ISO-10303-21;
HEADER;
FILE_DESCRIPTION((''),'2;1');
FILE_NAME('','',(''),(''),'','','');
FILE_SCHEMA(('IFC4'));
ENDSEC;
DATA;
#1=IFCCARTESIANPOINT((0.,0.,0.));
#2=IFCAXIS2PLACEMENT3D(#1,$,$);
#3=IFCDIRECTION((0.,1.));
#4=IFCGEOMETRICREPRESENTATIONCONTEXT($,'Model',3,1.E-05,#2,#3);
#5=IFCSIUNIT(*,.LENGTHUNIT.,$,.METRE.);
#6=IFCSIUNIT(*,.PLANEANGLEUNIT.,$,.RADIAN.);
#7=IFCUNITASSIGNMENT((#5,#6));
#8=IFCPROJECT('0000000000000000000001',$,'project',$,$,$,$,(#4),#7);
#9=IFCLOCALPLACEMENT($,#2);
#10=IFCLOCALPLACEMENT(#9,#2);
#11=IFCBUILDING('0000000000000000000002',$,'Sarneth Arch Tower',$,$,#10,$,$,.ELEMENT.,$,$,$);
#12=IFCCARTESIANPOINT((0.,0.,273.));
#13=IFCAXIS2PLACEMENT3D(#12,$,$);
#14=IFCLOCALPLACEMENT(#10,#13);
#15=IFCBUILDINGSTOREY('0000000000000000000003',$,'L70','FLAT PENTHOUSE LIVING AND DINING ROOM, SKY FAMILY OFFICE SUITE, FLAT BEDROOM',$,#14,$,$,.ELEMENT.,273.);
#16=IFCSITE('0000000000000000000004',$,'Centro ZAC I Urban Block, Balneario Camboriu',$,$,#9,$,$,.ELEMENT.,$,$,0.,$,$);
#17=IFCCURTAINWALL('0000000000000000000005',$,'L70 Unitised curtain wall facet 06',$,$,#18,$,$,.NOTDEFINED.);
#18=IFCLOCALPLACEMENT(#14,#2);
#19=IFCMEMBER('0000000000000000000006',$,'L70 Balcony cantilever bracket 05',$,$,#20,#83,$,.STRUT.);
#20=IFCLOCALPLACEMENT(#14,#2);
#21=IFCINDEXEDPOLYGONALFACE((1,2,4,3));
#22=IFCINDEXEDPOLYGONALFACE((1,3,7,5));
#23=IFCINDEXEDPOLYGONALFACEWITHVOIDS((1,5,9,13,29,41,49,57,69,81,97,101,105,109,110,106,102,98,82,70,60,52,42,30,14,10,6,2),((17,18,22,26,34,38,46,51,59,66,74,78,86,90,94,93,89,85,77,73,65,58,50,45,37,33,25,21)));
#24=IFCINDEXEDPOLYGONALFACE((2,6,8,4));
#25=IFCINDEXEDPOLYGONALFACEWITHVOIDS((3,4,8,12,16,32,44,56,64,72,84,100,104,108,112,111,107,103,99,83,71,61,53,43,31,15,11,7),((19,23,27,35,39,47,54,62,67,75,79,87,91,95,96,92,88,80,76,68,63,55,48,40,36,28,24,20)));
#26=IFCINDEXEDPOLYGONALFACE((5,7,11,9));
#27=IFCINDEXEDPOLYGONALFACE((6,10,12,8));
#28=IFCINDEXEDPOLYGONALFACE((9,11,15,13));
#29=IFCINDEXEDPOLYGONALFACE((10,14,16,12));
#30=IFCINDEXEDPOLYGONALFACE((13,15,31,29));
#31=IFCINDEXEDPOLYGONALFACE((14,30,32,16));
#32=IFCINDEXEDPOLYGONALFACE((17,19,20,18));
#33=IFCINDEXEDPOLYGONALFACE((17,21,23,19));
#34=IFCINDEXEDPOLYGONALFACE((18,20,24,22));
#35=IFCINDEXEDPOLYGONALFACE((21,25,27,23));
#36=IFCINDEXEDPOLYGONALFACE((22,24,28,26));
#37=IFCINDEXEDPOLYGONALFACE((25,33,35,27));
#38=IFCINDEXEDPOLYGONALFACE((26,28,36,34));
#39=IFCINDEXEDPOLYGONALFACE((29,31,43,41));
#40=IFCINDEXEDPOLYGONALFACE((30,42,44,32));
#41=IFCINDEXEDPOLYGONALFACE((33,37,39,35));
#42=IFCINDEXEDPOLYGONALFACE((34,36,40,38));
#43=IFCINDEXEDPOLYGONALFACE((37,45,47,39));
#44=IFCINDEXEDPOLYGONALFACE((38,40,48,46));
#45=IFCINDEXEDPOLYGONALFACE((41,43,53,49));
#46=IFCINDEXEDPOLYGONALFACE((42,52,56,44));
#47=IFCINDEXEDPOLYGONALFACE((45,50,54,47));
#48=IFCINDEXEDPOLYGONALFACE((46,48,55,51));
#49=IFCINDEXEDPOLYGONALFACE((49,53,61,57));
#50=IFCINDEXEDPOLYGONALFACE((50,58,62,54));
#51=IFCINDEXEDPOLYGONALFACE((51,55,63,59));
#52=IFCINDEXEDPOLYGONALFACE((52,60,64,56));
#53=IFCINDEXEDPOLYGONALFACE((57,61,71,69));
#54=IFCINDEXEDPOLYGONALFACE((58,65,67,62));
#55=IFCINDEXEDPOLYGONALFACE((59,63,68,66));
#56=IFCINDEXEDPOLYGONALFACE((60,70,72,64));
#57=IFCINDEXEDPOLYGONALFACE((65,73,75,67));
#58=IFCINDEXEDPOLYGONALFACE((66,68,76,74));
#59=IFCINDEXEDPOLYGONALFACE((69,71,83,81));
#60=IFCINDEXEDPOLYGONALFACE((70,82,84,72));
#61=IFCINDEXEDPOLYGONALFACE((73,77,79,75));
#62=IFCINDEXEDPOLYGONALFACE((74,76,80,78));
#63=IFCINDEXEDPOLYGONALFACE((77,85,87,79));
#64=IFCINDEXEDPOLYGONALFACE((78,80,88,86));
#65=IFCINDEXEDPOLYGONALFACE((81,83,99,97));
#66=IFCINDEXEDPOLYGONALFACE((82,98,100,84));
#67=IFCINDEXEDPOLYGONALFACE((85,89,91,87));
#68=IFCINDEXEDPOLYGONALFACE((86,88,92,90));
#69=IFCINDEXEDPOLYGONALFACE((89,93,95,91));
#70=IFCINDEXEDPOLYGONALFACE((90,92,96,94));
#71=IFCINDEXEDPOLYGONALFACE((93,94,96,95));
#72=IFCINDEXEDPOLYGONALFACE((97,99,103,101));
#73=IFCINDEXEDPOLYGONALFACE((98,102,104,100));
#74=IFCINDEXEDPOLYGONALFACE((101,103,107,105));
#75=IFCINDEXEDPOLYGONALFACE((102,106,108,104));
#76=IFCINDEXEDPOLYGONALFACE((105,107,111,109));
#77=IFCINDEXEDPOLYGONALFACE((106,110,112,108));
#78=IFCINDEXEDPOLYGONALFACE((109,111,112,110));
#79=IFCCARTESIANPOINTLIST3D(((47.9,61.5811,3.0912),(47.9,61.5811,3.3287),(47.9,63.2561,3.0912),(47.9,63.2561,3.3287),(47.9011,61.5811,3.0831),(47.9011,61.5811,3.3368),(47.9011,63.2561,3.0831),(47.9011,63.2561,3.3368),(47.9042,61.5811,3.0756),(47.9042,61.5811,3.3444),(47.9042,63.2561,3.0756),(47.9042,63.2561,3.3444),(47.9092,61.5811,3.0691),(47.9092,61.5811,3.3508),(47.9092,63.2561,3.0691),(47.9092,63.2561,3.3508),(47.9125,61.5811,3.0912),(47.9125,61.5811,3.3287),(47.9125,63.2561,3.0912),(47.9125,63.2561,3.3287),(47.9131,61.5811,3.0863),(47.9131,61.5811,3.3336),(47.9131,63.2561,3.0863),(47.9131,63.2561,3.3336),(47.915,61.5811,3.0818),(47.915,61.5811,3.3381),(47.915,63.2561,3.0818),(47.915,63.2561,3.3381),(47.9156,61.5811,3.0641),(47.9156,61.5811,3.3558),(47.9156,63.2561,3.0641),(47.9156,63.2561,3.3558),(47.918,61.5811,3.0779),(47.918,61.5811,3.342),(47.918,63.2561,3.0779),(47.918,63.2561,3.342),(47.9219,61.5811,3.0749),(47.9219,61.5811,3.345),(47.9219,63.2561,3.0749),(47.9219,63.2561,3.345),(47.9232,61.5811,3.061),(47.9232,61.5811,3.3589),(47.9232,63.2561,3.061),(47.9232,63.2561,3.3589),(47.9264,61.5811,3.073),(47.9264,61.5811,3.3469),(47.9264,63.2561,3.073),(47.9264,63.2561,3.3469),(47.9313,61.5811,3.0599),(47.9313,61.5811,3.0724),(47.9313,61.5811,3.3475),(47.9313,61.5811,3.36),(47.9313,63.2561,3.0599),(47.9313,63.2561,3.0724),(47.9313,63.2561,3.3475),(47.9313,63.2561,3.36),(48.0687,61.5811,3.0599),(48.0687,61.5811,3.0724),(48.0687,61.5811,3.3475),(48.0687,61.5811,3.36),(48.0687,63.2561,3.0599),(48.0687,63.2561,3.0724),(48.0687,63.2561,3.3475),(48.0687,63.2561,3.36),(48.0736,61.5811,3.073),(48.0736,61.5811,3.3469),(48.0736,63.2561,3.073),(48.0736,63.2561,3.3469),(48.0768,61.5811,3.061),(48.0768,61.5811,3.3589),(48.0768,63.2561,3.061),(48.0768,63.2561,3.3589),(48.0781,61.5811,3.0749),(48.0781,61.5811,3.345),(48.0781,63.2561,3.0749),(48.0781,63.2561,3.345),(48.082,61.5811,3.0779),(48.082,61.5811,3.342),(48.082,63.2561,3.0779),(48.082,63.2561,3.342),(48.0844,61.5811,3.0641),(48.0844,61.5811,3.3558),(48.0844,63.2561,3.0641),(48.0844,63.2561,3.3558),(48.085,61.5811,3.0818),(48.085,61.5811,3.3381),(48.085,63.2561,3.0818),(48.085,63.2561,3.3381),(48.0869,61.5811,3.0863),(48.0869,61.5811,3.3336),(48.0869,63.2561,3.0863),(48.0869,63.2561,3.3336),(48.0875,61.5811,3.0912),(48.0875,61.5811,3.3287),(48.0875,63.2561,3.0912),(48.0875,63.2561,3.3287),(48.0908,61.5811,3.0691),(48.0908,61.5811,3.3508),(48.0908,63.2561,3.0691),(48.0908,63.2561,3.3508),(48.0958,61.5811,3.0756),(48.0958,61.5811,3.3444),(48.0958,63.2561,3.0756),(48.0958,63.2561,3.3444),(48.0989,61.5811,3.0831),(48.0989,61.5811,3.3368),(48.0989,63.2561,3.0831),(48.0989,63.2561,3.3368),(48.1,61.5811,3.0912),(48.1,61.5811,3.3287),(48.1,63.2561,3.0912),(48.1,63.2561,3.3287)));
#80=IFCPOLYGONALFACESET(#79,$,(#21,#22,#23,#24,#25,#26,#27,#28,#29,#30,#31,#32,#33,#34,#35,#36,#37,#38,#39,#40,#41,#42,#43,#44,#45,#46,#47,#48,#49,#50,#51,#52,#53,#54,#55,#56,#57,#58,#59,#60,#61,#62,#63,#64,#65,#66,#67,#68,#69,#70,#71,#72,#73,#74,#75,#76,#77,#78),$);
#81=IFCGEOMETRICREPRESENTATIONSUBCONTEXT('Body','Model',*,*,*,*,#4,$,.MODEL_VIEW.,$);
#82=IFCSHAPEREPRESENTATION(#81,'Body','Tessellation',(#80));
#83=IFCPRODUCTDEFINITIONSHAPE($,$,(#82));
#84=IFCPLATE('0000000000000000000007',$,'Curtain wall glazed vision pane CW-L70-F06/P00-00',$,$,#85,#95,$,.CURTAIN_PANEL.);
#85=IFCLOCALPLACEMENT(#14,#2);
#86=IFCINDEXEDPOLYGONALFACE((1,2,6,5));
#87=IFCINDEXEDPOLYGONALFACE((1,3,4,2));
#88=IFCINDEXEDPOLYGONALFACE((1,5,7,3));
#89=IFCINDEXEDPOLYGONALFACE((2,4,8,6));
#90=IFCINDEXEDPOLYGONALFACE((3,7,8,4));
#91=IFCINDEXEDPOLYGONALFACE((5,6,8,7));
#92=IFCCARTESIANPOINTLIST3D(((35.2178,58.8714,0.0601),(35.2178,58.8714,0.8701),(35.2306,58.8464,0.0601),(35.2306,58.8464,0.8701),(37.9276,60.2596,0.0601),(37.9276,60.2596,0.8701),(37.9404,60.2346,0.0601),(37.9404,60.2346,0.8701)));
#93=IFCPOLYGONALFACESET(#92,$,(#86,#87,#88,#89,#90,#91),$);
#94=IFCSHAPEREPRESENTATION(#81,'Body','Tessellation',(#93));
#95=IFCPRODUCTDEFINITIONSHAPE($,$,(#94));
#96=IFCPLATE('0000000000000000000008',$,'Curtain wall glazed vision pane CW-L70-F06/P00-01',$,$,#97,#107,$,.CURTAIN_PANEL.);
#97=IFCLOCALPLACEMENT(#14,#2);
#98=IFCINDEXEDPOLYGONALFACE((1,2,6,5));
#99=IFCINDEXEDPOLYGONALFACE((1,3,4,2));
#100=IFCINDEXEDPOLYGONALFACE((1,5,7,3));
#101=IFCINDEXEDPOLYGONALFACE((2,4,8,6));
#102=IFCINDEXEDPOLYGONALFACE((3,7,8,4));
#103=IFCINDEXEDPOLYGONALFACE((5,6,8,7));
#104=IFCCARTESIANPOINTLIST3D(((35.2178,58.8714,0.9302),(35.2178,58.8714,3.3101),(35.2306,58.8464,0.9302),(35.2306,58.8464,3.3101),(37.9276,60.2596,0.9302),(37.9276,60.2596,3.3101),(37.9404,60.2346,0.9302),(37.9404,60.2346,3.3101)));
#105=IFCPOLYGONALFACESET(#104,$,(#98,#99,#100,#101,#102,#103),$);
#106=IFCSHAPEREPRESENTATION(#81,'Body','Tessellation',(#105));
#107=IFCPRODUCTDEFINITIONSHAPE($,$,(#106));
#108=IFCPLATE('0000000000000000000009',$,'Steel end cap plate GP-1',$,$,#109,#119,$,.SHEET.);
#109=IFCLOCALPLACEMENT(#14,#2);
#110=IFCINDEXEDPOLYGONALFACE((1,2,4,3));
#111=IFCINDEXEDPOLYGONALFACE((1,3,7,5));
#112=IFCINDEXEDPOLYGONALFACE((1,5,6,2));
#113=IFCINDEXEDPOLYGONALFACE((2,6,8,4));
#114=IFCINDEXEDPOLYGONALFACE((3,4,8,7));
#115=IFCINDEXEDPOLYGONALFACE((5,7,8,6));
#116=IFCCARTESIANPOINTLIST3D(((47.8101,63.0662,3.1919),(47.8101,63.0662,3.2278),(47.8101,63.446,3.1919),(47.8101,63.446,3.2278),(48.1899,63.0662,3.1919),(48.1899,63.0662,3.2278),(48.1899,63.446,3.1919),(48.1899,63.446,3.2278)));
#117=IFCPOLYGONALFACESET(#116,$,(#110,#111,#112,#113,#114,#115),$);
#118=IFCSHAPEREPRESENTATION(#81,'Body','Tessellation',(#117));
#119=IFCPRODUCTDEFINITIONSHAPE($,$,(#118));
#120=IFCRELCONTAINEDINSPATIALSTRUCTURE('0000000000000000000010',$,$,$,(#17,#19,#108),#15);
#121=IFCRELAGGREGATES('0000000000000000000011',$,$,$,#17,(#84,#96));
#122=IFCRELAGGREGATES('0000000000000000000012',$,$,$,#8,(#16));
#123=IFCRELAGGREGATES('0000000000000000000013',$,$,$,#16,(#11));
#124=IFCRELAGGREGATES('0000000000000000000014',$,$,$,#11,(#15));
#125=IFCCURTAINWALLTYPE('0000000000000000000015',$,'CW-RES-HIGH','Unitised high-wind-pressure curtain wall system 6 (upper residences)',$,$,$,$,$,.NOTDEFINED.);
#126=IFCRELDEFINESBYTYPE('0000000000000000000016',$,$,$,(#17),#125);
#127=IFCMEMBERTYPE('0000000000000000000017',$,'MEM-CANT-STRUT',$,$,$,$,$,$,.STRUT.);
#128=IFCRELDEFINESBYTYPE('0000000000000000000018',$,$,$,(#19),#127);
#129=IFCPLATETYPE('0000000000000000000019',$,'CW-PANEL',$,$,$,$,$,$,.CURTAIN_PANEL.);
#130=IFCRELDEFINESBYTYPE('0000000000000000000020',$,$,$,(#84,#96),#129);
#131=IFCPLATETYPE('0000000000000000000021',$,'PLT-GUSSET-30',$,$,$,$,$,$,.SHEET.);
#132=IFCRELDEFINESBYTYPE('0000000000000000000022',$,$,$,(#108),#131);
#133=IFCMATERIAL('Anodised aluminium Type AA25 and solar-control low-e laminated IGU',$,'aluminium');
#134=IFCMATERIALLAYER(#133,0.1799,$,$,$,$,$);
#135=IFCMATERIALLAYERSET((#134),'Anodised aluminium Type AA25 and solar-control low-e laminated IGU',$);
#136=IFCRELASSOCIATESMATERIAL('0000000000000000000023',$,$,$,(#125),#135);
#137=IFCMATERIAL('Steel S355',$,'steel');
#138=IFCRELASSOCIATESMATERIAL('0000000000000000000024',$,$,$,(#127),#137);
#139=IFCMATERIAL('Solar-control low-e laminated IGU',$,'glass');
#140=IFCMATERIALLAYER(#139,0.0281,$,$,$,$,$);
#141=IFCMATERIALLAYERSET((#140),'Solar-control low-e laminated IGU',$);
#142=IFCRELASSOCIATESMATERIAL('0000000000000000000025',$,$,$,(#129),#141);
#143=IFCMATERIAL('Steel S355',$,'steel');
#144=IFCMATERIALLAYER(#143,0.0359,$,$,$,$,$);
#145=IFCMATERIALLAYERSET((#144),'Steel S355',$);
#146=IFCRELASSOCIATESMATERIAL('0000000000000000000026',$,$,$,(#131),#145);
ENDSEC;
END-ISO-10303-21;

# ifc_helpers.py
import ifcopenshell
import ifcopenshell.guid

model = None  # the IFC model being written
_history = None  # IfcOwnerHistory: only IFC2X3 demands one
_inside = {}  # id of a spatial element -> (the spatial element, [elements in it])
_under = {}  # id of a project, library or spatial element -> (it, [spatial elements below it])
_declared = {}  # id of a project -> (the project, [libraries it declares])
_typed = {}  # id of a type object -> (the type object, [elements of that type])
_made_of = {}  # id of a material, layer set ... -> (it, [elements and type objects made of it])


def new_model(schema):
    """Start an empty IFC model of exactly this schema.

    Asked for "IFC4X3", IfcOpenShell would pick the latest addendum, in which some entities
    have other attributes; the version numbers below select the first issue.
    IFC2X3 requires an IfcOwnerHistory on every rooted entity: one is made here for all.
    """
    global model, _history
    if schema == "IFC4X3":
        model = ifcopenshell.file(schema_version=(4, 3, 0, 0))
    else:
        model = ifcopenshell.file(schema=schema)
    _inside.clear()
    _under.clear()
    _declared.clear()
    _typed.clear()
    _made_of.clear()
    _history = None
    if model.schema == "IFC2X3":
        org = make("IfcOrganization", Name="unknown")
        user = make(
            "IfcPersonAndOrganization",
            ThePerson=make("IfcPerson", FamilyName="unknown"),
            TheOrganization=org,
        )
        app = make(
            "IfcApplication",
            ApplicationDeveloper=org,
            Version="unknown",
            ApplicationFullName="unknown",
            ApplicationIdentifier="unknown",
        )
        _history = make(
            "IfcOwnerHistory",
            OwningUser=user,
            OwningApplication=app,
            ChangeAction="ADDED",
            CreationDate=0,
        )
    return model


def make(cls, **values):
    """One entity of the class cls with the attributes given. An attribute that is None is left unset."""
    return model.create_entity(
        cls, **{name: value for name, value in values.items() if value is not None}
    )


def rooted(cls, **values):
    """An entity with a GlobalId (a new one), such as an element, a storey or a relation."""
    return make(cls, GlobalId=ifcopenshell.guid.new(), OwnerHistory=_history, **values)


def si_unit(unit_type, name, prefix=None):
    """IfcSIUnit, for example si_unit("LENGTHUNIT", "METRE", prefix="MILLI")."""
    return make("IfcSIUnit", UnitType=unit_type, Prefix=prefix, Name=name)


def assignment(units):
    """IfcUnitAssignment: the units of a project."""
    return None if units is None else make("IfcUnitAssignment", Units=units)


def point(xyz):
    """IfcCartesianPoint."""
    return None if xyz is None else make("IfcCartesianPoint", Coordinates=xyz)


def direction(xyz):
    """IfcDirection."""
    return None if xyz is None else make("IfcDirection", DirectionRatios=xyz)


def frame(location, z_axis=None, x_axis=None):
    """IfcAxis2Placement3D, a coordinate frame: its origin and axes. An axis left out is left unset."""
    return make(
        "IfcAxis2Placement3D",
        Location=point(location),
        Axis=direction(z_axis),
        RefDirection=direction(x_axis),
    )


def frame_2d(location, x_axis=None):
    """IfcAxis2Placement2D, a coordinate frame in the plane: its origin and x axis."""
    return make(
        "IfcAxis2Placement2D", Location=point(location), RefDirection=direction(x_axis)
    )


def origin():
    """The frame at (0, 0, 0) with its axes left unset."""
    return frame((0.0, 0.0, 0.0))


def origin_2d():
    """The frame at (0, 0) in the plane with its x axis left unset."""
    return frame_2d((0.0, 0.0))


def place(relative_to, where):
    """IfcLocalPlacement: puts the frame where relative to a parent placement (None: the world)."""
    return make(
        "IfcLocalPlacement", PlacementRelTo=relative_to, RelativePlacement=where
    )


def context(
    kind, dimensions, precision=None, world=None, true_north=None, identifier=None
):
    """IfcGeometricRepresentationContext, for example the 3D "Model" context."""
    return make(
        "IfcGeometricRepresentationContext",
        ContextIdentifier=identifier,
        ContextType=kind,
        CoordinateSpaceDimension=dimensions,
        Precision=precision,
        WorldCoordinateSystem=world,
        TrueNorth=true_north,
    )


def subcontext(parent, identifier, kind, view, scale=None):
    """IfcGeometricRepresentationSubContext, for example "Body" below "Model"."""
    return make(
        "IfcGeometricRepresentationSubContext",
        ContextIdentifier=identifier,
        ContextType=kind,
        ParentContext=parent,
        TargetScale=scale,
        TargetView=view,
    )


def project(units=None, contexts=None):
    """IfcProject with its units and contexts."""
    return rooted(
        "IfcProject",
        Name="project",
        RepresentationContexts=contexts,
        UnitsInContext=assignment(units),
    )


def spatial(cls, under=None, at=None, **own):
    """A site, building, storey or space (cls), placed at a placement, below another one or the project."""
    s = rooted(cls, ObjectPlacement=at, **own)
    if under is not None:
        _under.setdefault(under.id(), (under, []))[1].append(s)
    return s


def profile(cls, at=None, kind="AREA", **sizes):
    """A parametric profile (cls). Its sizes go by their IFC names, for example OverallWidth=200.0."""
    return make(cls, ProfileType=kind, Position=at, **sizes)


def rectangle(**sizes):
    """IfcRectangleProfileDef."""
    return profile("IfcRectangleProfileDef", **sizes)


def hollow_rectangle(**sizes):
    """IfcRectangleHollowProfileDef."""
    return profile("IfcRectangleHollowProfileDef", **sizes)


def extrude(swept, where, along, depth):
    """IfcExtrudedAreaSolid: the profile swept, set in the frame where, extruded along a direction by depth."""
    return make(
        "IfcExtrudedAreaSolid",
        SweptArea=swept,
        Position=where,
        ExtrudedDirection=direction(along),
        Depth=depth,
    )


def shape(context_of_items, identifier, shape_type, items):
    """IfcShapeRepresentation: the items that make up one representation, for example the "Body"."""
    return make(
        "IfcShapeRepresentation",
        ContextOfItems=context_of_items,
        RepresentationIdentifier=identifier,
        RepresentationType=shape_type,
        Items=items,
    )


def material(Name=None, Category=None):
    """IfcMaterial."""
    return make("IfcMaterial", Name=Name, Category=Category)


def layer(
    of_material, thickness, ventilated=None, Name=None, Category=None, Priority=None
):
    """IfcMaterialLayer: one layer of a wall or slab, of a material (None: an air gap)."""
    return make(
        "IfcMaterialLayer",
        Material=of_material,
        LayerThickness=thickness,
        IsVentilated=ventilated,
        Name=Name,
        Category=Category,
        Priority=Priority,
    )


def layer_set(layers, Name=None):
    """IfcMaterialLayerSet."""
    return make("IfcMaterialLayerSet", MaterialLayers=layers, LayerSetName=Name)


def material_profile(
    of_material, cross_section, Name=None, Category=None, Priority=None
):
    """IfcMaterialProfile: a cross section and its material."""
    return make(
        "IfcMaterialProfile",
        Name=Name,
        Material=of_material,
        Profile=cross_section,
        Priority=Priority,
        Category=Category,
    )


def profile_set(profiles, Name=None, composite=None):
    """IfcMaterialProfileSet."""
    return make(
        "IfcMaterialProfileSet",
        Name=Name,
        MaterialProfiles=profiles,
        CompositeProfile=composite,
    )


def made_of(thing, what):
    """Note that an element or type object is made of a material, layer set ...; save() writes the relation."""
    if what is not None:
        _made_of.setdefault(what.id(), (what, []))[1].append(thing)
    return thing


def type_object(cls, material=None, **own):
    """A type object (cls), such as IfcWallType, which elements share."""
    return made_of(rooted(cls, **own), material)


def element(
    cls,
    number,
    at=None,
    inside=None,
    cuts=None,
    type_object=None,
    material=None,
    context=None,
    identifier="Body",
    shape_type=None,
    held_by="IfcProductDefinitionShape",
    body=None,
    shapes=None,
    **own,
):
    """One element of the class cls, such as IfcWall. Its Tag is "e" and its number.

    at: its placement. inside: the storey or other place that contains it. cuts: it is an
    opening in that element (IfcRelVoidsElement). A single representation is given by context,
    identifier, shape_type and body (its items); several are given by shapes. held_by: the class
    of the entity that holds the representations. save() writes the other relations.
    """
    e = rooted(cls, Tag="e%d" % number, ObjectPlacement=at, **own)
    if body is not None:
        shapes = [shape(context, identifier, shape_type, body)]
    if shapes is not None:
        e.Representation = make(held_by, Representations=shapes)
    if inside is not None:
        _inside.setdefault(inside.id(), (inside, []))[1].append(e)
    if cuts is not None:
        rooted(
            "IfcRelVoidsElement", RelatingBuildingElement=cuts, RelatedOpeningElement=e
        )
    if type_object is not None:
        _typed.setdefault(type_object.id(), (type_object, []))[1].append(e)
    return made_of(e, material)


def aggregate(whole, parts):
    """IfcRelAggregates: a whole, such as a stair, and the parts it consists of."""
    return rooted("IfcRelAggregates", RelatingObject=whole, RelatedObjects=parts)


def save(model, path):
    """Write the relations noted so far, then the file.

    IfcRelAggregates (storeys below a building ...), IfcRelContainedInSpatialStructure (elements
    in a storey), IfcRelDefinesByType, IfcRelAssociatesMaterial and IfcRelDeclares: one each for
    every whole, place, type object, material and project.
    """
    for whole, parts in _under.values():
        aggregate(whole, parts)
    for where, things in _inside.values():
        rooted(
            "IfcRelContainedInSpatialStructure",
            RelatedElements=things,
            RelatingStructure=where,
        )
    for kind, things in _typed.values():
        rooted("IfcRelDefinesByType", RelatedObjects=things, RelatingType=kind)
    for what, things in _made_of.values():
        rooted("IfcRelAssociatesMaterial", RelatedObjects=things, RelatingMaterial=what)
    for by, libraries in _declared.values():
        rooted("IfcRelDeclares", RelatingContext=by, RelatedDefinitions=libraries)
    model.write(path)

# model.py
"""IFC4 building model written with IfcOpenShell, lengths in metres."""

from ifc_helpers import new_model, si_unit, direction, frame, origin, origin_2d, place, context, subcontext, project, spatial, rectangle, hollow_rectangle, extrude, material, layer, layer_set, material_profile, profile_set, type_object, element, aggregate, save


model = new_model("IFC4")

# Units and contexts
model_context = context("Model", 3, precision=1e-05, world=origin(), true_north=direction((0.0, 1.0)))
body_context = subcontext(model_context, "Body", "Model", "MODEL_VIEW")
ifc_project = project(units=[si_unit("LENGTHUNIT", "METRE"), si_unit("PLANEANGLEUNIT", "RADIAN")], contexts=[model_context])

# Site, building, storey
site_placement = place(None, origin())
site = spatial("IfcSite", under=ifc_project, at=site_placement, Name="Centro ZAC I Urban Block, Balneario Camboriu", CompositionType="ELEMENT", RefElevation=0.0)
building_placement = place(site_placement, origin())
building = spatial("IfcBuilding", under=site, at=building_placement, Name="Sarneth Arch Tower", CompositionType="ELEMENT")
storey_placement = place(building_placement, frame((0.0, 0.0, 273.0)))
storey = spatial("IfcBuildingStorey", under=building, at=storey_placement, Name="L70", Description="FLAT PENTHOUSE LIVING AND DINING ROOM, SKY FAMILY OFFICE SUITE, FLAT BEDROOM", CompositionType="ELEMENT", Elevation=273.0)

# Curtain wall
ifc_material_1 = material(Name="Anodised aluminium Type AA25 and solar-control low-e laminated IGU", Category="aluminium")
ifc_layer_1 = layer(ifc_material_1, 0.1799)
ifc_layer_set_1 = layer_set([ifc_layer_1], Name="Anodised aluminium Type AA25 and solar-control low-e laminated IGU")
curtain_wall_type = type_object("IfcCurtainWallType", Name="CW-RES-HIGH", Description="Unitised high-wind-pressure curtain wall system 6 (upper residences)", PredefinedType="NOTDEFINED", material=ifc_layer_set_1)
curtain_wall_placement = place(storey_placement, origin())
curtain_wall = element("IfcCurtainWall", 1, at=curtain_wall_placement, inside=storey, type_object=curtain_wall_type, Name="L70 Unitised curtain wall facet 06", PredefinedType="NOTDEFINED")

# Member
ifc_material_2 = material(Name="Steel S355", Category="steel")
ifc_material_profile_1 = material_profile(ifc_material_2, hollow_rectangle(XDim=0.2, YDim=0.3, WallThickness=0.0125, InnerFilletRadius=0.0188, OuterFilletRadius=0.0312, at=origin_2d()), Name="RHS300x200x12.5")
ifc_profile_set_1 = profile_set([ifc_material_profile_1], Name="Steel S355")
member_type_1 = type_object("IfcMemberType", Name="MEM-CANT-STRUT", PredefinedType="STRUT", material=ifc_profile_set_1)
member_1_placement = place(storey_placement, frame((48.0, 61.5811, 3.21), z_axis=(0.0, 1.0, 0.0), x_axis=(-1.0, 0.0, 0.0)))
element("IfcMember", 2, at=member_1_placement, inside=storey, type_object=member_type_1, Name="L70 Balcony cantilever bracket 05", PredefinedType="STRUT", context=body_context, shape_type="SweptSolid", body=[
    extrude(hollow_rectangle(XDim=0.2, YDim=0.3, WallThickness=0.0125, InnerFilletRadius=0.0188, OuterFilletRadius=0.0312, at=origin_2d()), origin(), (0.0, 0.0, 1.0), 1.675),
])

# Plates
ifc_material_3 = material(Name="Solar-control low-e laminated IGU", Category="glass")
ifc_layer_2 = layer(ifc_material_3, 0.0281)
ifc_layer_set_2 = layer_set([ifc_layer_2], Name="Solar-control low-e laminated IGU")
plate_type_1 = type_object("IfcPlateType", Name="CW-PANEL", PredefinedType="CURTAIN_PANEL", material=ifc_layer_set_2)
plate_1_placement = place(storey_placement, frame((36.5791, 59.553, 0.0601), z_axis=(0.0, 0.0, 1.0), x_axis=(-0.89001, -0.455942, 0.0)))
plate_1 = element("IfcPlate", 3, at=plate_1_placement, type_object=plate_type_1, Name="Curtain wall glazed vision pane CW-L70-F06/P00-00", PredefinedType="CURTAIN_PANEL", context=body_context, shape_type="SweptSolid", body=[
    extrude(rectangle(XDim=3.0447, YDim=0.0281, at=origin_2d()), origin(), (0.0, 0.0, 1.0), 0.8101),
])
plate_2_placement = place(storey_placement, frame((36.5791, 59.553, 0.9302), z_axis=(0.0, 0.0, 1.0), x_axis=(-0.89001, -0.455942, 0.0)))
plate_2 = element("IfcPlate", 4, at=plate_2_placement, type_object=plate_type_1, Name="Curtain wall glazed vision pane CW-L70-F06/P00-01", PredefinedType="CURTAIN_PANEL", context=body_context, shape_type="SweptSolid", body=[
    extrude(rectangle(XDim=3.0447, YDim=0.0281, at=origin_2d()), origin(), (0.0, 0.0, 1.0), 2.3799),
])
aggregate(curtain_wall, [plate_1, plate_2])
ifc_material_4 = material(Name="Steel S355", Category="steel")
ifc_layer_3 = layer(ifc_material_4, 0.0359)
ifc_layer_set_3 = layer_set([ifc_layer_3], Name="Steel S355")
plate_type_2 = type_object("IfcPlateType", Name="PLT-GUSSET-30", PredefinedType="SHEET", material=ifc_layer_set_3)
plate_3_placement = place(storey_placement, frame((48.0, 63.2561, 3.1919), z_axis=(0.0, 0.0, 1.0), x_axis=(0.0, 1.0, 0.0)))
element("IfcPlate", 5, at=plate_3_placement, inside=storey, type_object=plate_type_2, Name="Steel end cap plate GP-1", PredefinedType="SHEET", context=body_context, shape_type="SweptSolid", body=[
    extrude(rectangle(XDim=0.3799, YDim=0.3799, at=origin_2d()), origin(), (0.0, 0.0, 1.0), 0.0359),
])

save(model, "model.ifc")
